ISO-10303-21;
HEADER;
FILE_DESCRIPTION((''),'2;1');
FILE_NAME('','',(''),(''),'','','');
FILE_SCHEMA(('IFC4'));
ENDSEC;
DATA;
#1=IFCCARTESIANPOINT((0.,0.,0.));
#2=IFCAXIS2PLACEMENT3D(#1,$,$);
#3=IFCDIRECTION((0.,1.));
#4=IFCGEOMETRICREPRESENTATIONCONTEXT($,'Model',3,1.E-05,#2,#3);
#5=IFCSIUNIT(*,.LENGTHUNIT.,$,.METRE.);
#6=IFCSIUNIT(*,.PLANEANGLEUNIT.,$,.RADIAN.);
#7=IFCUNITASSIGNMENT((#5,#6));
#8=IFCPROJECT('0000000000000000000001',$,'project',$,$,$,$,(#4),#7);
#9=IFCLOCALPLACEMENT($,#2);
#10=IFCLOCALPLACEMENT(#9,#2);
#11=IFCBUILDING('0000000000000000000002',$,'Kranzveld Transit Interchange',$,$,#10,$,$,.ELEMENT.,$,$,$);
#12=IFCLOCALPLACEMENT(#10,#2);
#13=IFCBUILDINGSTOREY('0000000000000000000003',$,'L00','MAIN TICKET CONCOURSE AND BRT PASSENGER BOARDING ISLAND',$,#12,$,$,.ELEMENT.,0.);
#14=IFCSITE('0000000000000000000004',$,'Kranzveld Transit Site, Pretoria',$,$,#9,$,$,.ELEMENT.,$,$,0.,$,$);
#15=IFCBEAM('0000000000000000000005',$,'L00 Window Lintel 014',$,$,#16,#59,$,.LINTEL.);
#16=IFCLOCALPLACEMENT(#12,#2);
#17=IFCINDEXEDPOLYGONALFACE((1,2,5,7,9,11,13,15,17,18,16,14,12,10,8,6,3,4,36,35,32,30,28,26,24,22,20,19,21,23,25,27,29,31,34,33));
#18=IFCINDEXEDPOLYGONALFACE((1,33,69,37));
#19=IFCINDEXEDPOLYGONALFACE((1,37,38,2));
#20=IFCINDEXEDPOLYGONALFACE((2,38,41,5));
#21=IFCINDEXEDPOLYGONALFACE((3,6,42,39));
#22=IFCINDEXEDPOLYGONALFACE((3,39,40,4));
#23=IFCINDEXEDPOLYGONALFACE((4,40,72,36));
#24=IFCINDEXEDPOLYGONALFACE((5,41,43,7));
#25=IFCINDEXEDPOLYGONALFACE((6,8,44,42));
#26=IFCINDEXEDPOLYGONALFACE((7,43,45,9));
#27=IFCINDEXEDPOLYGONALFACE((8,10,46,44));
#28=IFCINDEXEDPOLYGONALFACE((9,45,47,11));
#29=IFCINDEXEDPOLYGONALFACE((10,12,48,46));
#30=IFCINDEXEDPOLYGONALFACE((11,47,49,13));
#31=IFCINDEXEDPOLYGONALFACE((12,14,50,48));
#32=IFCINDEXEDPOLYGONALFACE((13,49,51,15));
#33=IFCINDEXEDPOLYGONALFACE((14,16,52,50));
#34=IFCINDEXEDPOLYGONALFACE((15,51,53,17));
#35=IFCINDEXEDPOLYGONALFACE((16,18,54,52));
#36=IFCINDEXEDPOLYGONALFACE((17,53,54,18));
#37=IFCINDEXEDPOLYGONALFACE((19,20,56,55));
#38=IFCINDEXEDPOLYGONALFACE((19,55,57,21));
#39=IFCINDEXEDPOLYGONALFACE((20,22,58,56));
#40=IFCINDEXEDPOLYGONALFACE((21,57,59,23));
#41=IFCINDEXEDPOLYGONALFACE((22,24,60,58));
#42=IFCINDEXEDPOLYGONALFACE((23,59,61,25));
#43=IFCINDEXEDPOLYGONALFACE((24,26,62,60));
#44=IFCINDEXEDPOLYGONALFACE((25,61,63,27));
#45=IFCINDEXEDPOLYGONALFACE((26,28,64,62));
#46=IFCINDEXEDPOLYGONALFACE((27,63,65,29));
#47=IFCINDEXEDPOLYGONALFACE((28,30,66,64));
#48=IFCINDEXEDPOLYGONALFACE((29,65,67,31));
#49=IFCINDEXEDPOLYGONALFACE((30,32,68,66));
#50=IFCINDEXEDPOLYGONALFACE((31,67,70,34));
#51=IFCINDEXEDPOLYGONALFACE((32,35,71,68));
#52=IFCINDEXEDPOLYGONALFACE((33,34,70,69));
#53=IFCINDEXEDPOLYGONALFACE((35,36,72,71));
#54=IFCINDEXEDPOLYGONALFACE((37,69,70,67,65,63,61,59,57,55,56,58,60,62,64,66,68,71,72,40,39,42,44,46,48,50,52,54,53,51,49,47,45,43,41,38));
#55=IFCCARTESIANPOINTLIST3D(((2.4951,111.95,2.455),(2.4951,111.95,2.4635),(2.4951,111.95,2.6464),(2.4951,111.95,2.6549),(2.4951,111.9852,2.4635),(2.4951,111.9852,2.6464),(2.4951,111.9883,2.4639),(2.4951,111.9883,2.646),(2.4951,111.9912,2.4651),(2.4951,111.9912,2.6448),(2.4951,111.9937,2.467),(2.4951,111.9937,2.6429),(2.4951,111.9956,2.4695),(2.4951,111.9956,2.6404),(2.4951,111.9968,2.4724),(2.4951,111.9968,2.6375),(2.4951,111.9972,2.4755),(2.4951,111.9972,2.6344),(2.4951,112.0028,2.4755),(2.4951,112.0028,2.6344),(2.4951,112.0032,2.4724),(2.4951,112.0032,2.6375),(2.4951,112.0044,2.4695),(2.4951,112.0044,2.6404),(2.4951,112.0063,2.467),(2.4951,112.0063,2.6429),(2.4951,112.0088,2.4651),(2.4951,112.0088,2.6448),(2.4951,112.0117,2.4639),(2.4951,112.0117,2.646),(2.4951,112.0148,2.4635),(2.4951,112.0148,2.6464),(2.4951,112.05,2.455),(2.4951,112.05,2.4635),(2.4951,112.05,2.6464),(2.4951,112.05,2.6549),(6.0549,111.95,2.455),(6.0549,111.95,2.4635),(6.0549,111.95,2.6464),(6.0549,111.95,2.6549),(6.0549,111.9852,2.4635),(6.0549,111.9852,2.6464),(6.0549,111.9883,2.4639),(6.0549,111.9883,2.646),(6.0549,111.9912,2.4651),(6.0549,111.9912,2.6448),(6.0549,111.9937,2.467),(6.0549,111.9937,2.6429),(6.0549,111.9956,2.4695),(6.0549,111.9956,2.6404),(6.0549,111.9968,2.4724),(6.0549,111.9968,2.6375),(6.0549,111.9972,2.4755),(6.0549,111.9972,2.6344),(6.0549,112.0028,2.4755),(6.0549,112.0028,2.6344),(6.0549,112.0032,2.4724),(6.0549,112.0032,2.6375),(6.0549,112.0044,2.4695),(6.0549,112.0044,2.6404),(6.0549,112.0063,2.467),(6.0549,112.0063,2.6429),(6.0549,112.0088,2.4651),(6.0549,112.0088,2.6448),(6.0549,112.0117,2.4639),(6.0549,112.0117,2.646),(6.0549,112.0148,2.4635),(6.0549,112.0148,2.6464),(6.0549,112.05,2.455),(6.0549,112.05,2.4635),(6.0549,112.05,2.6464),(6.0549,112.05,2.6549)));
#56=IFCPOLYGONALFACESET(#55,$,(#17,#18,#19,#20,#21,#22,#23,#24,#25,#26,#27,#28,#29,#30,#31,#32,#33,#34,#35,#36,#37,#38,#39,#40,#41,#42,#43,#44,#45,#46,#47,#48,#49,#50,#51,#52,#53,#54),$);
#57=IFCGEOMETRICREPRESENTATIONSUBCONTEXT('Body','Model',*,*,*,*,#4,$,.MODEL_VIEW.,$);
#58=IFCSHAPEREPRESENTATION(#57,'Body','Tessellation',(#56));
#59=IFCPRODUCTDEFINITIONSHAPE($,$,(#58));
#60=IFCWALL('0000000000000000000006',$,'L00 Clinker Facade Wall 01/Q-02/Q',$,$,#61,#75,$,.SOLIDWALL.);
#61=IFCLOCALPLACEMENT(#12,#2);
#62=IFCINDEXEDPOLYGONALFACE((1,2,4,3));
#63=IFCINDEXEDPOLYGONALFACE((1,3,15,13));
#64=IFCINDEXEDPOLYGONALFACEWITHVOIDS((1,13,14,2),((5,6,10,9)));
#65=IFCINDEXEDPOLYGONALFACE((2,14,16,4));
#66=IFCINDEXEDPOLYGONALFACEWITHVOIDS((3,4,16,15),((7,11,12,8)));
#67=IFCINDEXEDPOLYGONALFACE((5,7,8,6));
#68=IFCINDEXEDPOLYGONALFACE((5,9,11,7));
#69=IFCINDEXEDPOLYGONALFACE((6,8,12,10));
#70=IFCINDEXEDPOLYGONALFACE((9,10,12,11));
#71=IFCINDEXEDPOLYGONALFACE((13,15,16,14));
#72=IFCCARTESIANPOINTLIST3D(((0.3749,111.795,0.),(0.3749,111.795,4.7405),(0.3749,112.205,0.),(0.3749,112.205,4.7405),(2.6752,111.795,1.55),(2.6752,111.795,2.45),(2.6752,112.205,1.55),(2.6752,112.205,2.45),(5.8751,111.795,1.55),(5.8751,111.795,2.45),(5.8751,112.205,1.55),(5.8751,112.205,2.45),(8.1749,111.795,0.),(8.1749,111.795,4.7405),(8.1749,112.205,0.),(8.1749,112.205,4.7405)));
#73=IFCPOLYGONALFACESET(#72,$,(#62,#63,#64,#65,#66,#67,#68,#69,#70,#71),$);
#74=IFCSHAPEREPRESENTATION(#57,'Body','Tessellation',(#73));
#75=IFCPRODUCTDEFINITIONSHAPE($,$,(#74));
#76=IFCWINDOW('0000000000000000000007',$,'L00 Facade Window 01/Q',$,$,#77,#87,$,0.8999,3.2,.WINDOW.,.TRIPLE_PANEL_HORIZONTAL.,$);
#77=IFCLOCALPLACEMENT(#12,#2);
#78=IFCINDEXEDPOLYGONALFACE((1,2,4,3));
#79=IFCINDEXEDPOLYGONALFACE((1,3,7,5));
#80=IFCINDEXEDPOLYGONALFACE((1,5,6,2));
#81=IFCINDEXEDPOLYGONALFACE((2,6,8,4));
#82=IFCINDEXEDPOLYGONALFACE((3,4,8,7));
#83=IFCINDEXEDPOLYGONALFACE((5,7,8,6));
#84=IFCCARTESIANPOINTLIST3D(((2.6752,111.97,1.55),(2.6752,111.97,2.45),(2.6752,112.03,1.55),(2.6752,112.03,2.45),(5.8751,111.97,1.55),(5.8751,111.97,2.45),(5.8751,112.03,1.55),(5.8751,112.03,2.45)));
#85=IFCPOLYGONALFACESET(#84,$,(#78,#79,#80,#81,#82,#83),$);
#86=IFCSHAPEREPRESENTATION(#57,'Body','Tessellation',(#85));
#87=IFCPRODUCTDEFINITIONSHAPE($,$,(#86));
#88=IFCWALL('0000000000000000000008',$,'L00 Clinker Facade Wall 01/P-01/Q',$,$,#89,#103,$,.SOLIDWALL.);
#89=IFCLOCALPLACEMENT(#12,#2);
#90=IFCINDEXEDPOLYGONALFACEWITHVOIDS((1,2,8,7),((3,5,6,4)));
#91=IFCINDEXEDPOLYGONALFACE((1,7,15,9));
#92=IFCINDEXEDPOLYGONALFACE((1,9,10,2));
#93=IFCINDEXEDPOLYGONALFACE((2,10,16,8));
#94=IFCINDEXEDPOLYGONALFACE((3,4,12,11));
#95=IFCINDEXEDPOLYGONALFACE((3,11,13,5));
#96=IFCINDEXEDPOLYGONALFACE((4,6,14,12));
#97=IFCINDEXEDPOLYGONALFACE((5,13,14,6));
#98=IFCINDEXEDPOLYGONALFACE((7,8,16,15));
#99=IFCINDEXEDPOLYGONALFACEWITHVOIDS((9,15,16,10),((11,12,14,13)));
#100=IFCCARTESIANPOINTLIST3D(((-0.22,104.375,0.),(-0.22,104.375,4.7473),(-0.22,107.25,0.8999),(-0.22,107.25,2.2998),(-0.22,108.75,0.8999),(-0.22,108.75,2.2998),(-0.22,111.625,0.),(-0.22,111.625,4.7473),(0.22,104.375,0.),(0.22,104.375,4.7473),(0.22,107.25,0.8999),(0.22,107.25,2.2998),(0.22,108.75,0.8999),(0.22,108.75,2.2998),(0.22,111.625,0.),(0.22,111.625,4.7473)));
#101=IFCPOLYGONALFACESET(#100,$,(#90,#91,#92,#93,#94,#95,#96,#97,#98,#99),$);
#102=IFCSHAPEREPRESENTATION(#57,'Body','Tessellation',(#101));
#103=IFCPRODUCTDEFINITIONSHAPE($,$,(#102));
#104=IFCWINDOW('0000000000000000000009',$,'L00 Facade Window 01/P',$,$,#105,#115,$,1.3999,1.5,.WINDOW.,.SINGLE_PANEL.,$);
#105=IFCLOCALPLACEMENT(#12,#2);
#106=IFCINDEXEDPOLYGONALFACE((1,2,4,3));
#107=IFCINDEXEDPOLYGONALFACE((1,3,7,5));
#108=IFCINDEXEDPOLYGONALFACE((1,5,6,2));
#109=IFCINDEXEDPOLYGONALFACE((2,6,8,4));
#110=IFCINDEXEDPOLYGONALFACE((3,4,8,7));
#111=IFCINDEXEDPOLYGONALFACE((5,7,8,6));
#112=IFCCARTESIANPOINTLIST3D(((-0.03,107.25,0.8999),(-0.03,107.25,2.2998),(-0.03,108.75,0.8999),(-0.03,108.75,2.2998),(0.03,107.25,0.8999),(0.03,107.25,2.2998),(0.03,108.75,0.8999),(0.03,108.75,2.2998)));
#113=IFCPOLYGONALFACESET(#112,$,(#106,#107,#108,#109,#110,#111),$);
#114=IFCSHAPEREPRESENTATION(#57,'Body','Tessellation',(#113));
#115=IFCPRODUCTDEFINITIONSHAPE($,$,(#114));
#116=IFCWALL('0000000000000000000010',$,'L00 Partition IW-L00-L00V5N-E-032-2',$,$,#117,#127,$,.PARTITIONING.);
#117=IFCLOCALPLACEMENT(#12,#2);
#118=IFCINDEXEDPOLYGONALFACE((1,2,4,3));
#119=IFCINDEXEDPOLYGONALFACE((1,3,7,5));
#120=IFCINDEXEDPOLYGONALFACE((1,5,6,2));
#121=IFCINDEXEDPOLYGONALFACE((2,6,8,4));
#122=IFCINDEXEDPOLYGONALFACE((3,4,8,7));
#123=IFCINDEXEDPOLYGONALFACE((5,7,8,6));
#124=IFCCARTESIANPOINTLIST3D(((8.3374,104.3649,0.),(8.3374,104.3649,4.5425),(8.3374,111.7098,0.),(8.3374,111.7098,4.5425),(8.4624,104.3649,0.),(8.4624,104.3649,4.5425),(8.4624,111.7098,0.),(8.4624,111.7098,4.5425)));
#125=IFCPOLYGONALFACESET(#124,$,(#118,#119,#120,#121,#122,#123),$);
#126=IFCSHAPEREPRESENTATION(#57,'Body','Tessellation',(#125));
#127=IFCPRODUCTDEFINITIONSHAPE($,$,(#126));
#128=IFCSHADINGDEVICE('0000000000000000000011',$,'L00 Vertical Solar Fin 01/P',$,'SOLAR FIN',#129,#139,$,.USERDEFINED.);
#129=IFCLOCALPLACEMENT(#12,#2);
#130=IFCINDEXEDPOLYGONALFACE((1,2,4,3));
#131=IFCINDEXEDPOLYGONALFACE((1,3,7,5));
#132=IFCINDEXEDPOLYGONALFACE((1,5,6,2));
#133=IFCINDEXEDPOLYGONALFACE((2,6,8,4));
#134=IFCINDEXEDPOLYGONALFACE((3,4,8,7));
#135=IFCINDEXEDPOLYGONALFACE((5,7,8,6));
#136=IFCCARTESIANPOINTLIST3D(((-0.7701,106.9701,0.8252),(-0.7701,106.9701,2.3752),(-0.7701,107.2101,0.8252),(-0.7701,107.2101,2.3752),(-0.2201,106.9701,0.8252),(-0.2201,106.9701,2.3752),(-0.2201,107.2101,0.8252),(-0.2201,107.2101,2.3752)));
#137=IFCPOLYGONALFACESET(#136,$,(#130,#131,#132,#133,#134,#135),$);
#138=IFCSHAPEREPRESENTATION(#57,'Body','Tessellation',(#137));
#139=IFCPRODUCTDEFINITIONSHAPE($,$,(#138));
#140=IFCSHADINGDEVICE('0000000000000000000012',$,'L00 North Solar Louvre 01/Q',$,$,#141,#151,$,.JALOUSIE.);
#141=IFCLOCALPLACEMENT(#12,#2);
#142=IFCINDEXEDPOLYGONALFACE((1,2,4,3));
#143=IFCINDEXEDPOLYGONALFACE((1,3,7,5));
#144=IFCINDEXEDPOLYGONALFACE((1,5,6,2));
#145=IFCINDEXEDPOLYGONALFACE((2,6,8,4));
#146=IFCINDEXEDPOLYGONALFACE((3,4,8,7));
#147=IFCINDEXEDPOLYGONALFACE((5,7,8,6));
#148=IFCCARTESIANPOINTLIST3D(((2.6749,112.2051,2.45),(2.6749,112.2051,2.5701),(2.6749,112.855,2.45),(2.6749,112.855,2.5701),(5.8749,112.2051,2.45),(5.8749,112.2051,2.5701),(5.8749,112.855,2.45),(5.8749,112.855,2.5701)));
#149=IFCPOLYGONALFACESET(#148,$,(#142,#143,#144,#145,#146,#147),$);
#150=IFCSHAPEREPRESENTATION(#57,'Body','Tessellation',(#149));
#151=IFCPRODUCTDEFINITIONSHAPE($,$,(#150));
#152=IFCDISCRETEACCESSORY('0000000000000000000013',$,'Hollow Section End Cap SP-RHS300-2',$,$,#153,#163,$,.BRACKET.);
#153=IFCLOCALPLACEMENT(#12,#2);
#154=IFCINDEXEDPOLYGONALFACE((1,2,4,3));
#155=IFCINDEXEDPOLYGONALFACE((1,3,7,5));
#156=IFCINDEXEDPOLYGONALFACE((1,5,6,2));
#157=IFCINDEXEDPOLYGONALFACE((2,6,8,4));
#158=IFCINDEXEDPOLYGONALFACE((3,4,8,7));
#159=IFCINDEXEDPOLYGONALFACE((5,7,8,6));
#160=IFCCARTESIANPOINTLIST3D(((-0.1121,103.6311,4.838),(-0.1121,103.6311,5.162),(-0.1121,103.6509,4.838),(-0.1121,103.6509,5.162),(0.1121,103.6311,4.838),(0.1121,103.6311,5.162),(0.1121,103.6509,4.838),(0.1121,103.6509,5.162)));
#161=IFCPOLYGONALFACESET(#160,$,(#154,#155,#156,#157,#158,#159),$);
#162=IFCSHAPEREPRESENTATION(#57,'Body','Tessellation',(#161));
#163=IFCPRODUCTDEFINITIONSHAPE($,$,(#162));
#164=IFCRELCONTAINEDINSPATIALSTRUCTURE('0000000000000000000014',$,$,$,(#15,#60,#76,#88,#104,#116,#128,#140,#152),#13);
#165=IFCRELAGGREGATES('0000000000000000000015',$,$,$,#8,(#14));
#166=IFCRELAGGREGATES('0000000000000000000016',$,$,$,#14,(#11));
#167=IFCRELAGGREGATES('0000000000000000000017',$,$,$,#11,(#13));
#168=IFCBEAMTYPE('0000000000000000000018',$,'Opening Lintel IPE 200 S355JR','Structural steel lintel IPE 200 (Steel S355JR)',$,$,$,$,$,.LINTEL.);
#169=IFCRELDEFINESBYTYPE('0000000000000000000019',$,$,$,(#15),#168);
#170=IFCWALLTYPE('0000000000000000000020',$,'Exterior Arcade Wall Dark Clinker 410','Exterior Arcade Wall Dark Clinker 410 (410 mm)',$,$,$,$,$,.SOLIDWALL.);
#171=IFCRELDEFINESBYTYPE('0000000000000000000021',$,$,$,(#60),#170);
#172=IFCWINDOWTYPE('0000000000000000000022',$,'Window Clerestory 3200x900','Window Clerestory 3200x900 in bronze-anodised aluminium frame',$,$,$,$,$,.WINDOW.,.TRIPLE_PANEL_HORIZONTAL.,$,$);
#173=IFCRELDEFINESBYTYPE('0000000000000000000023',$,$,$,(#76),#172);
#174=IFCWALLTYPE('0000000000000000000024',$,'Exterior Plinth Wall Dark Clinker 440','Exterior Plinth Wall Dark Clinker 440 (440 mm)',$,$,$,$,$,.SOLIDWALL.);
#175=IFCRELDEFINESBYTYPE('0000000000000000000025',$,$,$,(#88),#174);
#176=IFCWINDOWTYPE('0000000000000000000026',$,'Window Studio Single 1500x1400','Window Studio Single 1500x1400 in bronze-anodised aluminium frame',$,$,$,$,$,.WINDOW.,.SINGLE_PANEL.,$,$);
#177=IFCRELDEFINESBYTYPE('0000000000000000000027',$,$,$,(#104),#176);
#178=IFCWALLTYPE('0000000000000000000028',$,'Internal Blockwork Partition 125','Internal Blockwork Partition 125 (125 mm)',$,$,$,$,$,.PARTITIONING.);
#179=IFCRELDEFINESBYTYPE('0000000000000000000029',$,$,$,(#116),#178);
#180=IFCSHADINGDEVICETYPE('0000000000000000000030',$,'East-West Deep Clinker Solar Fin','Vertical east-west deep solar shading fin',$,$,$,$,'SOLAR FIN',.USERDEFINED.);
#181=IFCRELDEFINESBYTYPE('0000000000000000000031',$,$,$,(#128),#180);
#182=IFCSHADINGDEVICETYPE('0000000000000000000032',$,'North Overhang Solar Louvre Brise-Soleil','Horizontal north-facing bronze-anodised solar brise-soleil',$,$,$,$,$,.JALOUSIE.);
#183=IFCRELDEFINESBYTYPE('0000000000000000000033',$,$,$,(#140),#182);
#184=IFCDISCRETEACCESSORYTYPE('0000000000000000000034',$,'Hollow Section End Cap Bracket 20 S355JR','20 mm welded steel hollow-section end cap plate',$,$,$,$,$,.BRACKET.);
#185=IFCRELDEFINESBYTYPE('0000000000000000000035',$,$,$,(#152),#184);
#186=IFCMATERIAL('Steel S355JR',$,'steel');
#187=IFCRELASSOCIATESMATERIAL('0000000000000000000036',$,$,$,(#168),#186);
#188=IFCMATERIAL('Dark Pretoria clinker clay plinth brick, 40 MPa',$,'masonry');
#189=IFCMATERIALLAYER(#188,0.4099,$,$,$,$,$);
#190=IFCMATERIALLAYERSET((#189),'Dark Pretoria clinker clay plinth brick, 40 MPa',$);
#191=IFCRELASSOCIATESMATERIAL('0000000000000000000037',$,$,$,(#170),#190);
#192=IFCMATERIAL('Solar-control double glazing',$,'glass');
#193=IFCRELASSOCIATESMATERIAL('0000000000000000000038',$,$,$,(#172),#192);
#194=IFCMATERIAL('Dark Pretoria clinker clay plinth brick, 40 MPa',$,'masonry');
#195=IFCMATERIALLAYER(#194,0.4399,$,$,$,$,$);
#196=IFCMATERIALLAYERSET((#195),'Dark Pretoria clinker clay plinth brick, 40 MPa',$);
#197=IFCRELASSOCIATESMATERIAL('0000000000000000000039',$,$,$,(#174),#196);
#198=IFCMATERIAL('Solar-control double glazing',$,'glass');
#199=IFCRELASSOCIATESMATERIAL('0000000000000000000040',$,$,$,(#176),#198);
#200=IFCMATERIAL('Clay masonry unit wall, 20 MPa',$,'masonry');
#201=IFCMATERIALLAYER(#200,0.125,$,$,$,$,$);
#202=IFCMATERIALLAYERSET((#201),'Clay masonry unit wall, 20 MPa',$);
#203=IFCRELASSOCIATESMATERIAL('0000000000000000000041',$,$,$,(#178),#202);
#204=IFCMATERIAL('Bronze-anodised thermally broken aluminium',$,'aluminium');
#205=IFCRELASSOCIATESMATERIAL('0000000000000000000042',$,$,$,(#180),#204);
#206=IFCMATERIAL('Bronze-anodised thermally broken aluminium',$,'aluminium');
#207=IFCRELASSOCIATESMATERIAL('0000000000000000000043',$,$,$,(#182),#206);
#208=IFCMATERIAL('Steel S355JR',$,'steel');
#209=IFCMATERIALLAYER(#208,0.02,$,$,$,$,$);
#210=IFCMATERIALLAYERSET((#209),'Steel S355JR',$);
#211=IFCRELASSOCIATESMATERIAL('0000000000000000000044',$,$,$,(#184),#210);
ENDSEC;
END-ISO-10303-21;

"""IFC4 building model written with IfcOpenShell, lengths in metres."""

from ifc_helpers import new_model, si_unit, direction, frame, frame_2d, origin, origin_2d, place, context, subcontext, project, spatial, rectangle, i_section, extrude, material, layer, layer_set, material_profile, profile_set, type_object, element, fill, save


model = new_model("IFC4")

# Units and contexts
model_context = context("Model", 3, precision=1e-05, world=origin(), true_north=direction((0.0, 1.0)))
body_context = subcontext(model_context, "Body", "Model", "MODEL_VIEW")
ifc_project = project(units=[si_unit("LENGTHUNIT", "METRE"), si_unit("PLANEANGLEUNIT", "RADIAN")], contexts=[model_context])

# Site, building, storey
site_placement = place(None, origin())
site = spatial("IfcSite", under=ifc_project, at=site_placement, Name="Kranzveld Transit Site, Pretoria", CompositionType="ELEMENT", RefElevation=0.0)
building_placement = place(site_placement, origin())
building = spatial("IfcBuilding", under=site, at=building_placement, Name="Kranzveld Transit Interchange", CompositionType="ELEMENT")
storey_placement = place(building_placement, origin())
storey = spatial("IfcBuildingStorey", under=building, at=storey_placement, Name="L00", Description="MAIN TICKET CONCOURSE AND BRT PASSENGER BOARDING ISLAND", CompositionType="ELEMENT", Elevation=0.0)

# Beam
ifc_material_1 = material(Name="Steel S355JR", Category="steel")
ifc_material_profile_1 = material_profile(ifc_material_1, i_section(OverallWidth=0.1001, OverallDepth=0.2, WebThickness=0.0056, FlangeThickness=0.0085, FilletRadius=0.012, at=origin_2d()), Name="IPE 200")
ifc_profile_set_1 = profile_set([ifc_material_profile_1], Name="Steel S355JR")
beam_type_1 = type_object("IfcBeamType", Name="Opening Lintel IPE 200 S355JR", Description="Structural steel lintel IPE 200 (Steel S355JR)", PredefinedType="LINTEL", material=ifc_profile_set_1)
beam_1_placement = place(storey_placement, frame((2.4951, 112.0, 2.5549), z_axis=(1.0, 0.0, 0.0), x_axis=(0.0, 1.0, 0.0)))
element("IfcBeam", 1, at=beam_1_placement, inside=storey, type_object=beam_type_1, Name="L00 Window Lintel 014", PredefinedType="LINTEL", context=body_context, shape_type="SweptSolid", body=[
    extrude(i_section(OverallWidth=0.1001, OverallDepth=0.2, WebThickness=0.0056, FlangeThickness=0.0085, FilletRadius=0.012, at=origin_2d()), origin(), (0.0, 0.0, 1.0), 3.5598),
])

# Walls, openings, windows
ifc_material_2 = material(Name="Dark Pretoria clinker clay plinth brick, 40 MPa", Category="masonry")
ifc_layer_1 = layer(ifc_material_2, 0.4099)
ifc_layer_set_1 = layer_set([ifc_layer_1], Name="Dark Pretoria clinker clay plinth brick, 40 MPa")
wall_type_1 = type_object("IfcWallType", Name="Exterior Arcade Wall Dark Clinker 410", Description="Exterior Arcade Wall Dark Clinker 410 (410 mm)", PredefinedType="SOLIDWALL", material=ifc_layer_set_1)
wall_1_placement = place(storey_placement, frame((0.375, 112.0, 0.0), z_axis=(0.0, 0.0, 1.0), x_axis=(1.0, 0.0, 0.0)))
wall_1 = element("IfcWall", 2, at=wall_1_placement, inside=storey, type_object=wall_type_1, Name="L00 Clinker Facade Wall 01/Q-02/Q", PredefinedType="SOLIDWALL", context=body_context, shape_type="SweptSolid", body=[
    extrude(rectangle(XDim=7.8, YDim=0.4099, at=frame_2d((3.8999, 0.0))), origin(), (0.0, 0.0, 1.0), 4.7405),
])
opening_1_placement = place(wall_1_placement, frame((2.3, 0.0, 1.55), z_axis=(0.0, 0.0, 1.0), x_axis=(1.0, 0.0, 0.0)))
opening_1 = element("IfcOpeningElement", 3, at=opening_1_placement, cuts=wall_1, PredefinedType="OPENING", context=body_context, shape_type="SweptSolid", body=[
    extrude(rectangle(XDim=3.2, YDim=0.8999, at=frame_2d((1.6001, 0.45))), frame((0.0, 0.2148, 0.0), z_axis=(0.0, -1.0, 0.0), x_axis=(1.0, 0.0, 0.0)), (0.0, 0.0, 1.0), 0.4299),
])
ifc_material_3 = material(Name="Solar-control double glazing", Category="glass")
window_type_1 = type_object("IfcWindowType", Name="Window Clerestory 3200x900", Description="Window Clerestory 3200x900 in bronze-anodised aluminium frame", PartitioningType="TRIPLE_PANEL_HORIZONTAL", PredefinedType="WINDOW", material=ifc_material_3)
window_1_placement = place(opening_1_placement, origin())
window_1 = element("IfcWindow", 4, at=window_1_placement, inside=storey, type_object=window_type_1, Name="L00 Facade Window 01/Q", OverallHeight=0.8999, OverallWidth=3.2, PartitioningType="TRIPLE_PANEL_HORIZONTAL", PredefinedType="WINDOW", context=body_context, shape_type="SweptSolid", body=[
    extrude(rectangle(XDim=3.2, YDim=0.8999, at=frame_2d((1.6001, 0.45))), frame((0.0, 0.03, 0.0), z_axis=(0.0, -1.0, 0.0), x_axis=(1.0, 0.0, 0.0)), (0.0, 0.0, 1.0), 0.0601),
])
fill(opening_1, window_1)
ifc_material_4 = material(Name="Dark Pretoria clinker clay plinth brick, 40 MPa", Category="masonry")
ifc_layer_2 = layer(ifc_material_4, 0.4399)
ifc_layer_set_2 = layer_set([ifc_layer_2], Name="Dark Pretoria clinker clay plinth brick, 40 MPa")
wall_type_2 = type_object("IfcWallType", Name="Exterior Plinth Wall Dark Clinker 440", Description="Exterior Plinth Wall Dark Clinker 440 (440 mm)", PredefinedType="SOLIDWALL", material=ifc_layer_set_2)
wall_2_placement = place(storey_placement, frame((0.0, 104.375, 0.0), z_axis=(0.0, 0.0, 1.0), x_axis=(0.0, 1.0, 0.0)))
wall_2 = element("IfcWall", 5, at=wall_2_placement, inside=storey, type_object=wall_type_2, Name="L00 Clinker Facade Wall 01/P-01/Q", PredefinedType="SOLIDWALL", context=body_context, shape_type="SweptSolid", body=[
    extrude(rectangle(XDim=7.25, YDim=0.4399, at=frame_2d((3.625, 0.0))), origin(), (0.0, 0.0, 1.0), 4.7473),
])
opening_2_placement = place(wall_2_placement, frame((2.875, 0.0, 0.8999), z_axis=(0.0, 0.0, 1.0), x_axis=(1.0, 0.0, 0.0)))
opening_2 = element("IfcOpeningElement", 6, at=opening_2_placement, cuts=wall_2, PredefinedType="OPENING", context=body_context, shape_type="SweptSolid", body=[
    extrude(rectangle(XDim=1.5, YDim=1.3999, at=frame_2d((0.75, 0.7))), frame((0.0, 0.23, 0.0), z_axis=(0.0, -1.0, 0.0), x_axis=(1.0, 0.0, 0.0)), (0.0, 0.0, 1.0), 0.46),
])
ifc_material_5 = material(Name="Solar-control double glazing", Category="glass")
window_type_2 = type_object("IfcWindowType", Name="Window Studio Single 1500x1400", Description="Window Studio Single 1500x1400 in bronze-anodised aluminium frame", PartitioningType="SINGLE_PANEL", PredefinedType="WINDOW", material=ifc_material_5)
window_2_placement = place(opening_2_placement, origin())
window_2 = element("IfcWindow", 7, at=window_2_placement, inside=storey, type_object=window_type_2, Name="L00 Facade Window 01/P", OverallHeight=1.3999, OverallWidth=1.5, PartitioningType="SINGLE_PANEL", PredefinedType="WINDOW", context=body_context, shape_type="SweptSolid", body=[
    extrude(rectangle(XDim=1.5, YDim=1.3999, at=frame_2d((0.75, 0.7))), frame((0.0, 0.03, 0.0), z_axis=(0.0, -1.0, 0.0), x_axis=(1.0, 0.0, 0.0)), (0.0, 0.0, 1.0), 0.0601),
])
fill(opening_2, window_2)

# Wall
ifc_material_6 = material(Name="Clay masonry unit wall, 20 MPa", Category="masonry")
ifc_layer_3 = layer(ifc_material_6, 0.125)
ifc_layer_set_3 = layer_set([ifc_layer_3], Name="Clay masonry unit wall, 20 MPa")
wall_type_3 = type_object("IfcWallType", Name="Internal Blockwork Partition 125", Description="Internal Blockwork Partition 125 (125 mm)", PredefinedType="PARTITIONING", material=ifc_layer_set_3)
wall_3_placement = place(storey_placement, frame((8.3999, 104.365, 0.0), z_axis=(0.0, 0.0, 1.0), x_axis=(0.0, 1.0, 0.0)))
element("IfcWall", 8, at=wall_3_placement, inside=storey, type_object=wall_type_3, Name="L00 Partition IW-L00-L00V5N-E-032-2", PredefinedType="PARTITIONING", context=body_context, shape_type="SweptSolid", body=[
    extrude(rectangle(XDim=7.345, YDim=0.125, at=frame_2d((3.6724, 0.0))), origin(), (0.0, 0.0, 1.0), 4.5425),
])

# Shading devices
ifc_material_7 = material(Name="Bronze-anodised thermally broken aluminium", Category="aluminium")
shading_device_type_1 = type_object("IfcShadingDeviceType", Name="East-West Deep Clinker Solar Fin", Description="Vertical east-west deep solar shading fin", ElementType="SOLAR FIN", PredefinedType="USERDEFINED", material=ifc_material_7)
shading_device_1_placement = place(storey_placement, frame((-0.4951, 107.0901, 0.8252), z_axis=(0.0, 0.0, 1.0), x_axis=(0.0, 1.0, 0.0)))
element("IfcShadingDevice", 9, at=shading_device_1_placement, inside=storey, type_object=shading_device_type_1, Name="L00 Vertical Solar Fin 01/P", ObjectType="SOLAR FIN", PredefinedType="USERDEFINED", context=body_context, shape_type="SweptSolid", body=[
    extrude(rectangle(XDim=0.24, YDim=0.55, at=origin_2d()), origin(), (0.0, 0.0, 1.0), 1.55),
])
ifc_material_8 = material(Name="Bronze-anodised thermally broken aluminium", Category="aluminium")
shading_device_type_2 = type_object("IfcShadingDeviceType", Name="North Overhang Solar Louvre Brise-Soleil", Description="Horizontal north-facing bronze-anodised solar brise-soleil", PredefinedType="JALOUSIE", material=ifc_material_8)
shading_device_2_placement = place(storey_placement, frame((4.2749, 112.53, 2.45), z_axis=(0.0, 0.0, 1.0), x_axis=(1.0, 0.0, 0.0)))
element("IfcShadingDevice", 10, at=shading_device_2_placement, inside=storey, type_object=shading_device_type_2, Name="L00 North Solar Louvre 01/Q", PredefinedType="JALOUSIE", context=body_context, shape_type="SweptSolid", body=[
    extrude(rectangle(XDim=3.2, YDim=0.6499, at=origin_2d()), origin(), (0.0, 0.0, 1.0), 0.1201),
])

# Discrete accessory
ifc_material_9 = material(Name="Steel S355JR", Category="steel")
ifc_layer_4 = layer(ifc_material_9, 0.02)
ifc_layer_set_4 = layer_set([ifc_layer_4], Name="Steel S355JR")
discrete_accessory_type = type_object("IfcDiscreteAccessoryType", Name="Hollow Section End Cap Bracket 20 S355JR", Description="20 mm welded steel hollow-section end cap plate", PredefinedType="BRACKET", material=ifc_layer_set_4)
for number, where, z_axis, x_axis, name in (
    (11, (0.0, 103.6311, 5.0), (0.0, 1.0, 0.0), (-1.0, 0.0, 0.0), "Hollow Section End Cap SP-RHS300-2"),
):
    element("IfcDiscreteAccessory", number, at=place(storey_placement, frame(where, z_axis=z_axis, x_axis=x_axis)), inside=storey, type_object=discrete_accessory_type, Name=name, PredefinedType="BRACKET", context=body_context, shape_type="SweptSolid", body=[
        extrude(rectangle(XDim=0.2241, YDim=0.324, at=origin_2d()), origin(), (0.0, 0.0, 1.0), 0.0198),
    ])

save(model, "model.ifc")
